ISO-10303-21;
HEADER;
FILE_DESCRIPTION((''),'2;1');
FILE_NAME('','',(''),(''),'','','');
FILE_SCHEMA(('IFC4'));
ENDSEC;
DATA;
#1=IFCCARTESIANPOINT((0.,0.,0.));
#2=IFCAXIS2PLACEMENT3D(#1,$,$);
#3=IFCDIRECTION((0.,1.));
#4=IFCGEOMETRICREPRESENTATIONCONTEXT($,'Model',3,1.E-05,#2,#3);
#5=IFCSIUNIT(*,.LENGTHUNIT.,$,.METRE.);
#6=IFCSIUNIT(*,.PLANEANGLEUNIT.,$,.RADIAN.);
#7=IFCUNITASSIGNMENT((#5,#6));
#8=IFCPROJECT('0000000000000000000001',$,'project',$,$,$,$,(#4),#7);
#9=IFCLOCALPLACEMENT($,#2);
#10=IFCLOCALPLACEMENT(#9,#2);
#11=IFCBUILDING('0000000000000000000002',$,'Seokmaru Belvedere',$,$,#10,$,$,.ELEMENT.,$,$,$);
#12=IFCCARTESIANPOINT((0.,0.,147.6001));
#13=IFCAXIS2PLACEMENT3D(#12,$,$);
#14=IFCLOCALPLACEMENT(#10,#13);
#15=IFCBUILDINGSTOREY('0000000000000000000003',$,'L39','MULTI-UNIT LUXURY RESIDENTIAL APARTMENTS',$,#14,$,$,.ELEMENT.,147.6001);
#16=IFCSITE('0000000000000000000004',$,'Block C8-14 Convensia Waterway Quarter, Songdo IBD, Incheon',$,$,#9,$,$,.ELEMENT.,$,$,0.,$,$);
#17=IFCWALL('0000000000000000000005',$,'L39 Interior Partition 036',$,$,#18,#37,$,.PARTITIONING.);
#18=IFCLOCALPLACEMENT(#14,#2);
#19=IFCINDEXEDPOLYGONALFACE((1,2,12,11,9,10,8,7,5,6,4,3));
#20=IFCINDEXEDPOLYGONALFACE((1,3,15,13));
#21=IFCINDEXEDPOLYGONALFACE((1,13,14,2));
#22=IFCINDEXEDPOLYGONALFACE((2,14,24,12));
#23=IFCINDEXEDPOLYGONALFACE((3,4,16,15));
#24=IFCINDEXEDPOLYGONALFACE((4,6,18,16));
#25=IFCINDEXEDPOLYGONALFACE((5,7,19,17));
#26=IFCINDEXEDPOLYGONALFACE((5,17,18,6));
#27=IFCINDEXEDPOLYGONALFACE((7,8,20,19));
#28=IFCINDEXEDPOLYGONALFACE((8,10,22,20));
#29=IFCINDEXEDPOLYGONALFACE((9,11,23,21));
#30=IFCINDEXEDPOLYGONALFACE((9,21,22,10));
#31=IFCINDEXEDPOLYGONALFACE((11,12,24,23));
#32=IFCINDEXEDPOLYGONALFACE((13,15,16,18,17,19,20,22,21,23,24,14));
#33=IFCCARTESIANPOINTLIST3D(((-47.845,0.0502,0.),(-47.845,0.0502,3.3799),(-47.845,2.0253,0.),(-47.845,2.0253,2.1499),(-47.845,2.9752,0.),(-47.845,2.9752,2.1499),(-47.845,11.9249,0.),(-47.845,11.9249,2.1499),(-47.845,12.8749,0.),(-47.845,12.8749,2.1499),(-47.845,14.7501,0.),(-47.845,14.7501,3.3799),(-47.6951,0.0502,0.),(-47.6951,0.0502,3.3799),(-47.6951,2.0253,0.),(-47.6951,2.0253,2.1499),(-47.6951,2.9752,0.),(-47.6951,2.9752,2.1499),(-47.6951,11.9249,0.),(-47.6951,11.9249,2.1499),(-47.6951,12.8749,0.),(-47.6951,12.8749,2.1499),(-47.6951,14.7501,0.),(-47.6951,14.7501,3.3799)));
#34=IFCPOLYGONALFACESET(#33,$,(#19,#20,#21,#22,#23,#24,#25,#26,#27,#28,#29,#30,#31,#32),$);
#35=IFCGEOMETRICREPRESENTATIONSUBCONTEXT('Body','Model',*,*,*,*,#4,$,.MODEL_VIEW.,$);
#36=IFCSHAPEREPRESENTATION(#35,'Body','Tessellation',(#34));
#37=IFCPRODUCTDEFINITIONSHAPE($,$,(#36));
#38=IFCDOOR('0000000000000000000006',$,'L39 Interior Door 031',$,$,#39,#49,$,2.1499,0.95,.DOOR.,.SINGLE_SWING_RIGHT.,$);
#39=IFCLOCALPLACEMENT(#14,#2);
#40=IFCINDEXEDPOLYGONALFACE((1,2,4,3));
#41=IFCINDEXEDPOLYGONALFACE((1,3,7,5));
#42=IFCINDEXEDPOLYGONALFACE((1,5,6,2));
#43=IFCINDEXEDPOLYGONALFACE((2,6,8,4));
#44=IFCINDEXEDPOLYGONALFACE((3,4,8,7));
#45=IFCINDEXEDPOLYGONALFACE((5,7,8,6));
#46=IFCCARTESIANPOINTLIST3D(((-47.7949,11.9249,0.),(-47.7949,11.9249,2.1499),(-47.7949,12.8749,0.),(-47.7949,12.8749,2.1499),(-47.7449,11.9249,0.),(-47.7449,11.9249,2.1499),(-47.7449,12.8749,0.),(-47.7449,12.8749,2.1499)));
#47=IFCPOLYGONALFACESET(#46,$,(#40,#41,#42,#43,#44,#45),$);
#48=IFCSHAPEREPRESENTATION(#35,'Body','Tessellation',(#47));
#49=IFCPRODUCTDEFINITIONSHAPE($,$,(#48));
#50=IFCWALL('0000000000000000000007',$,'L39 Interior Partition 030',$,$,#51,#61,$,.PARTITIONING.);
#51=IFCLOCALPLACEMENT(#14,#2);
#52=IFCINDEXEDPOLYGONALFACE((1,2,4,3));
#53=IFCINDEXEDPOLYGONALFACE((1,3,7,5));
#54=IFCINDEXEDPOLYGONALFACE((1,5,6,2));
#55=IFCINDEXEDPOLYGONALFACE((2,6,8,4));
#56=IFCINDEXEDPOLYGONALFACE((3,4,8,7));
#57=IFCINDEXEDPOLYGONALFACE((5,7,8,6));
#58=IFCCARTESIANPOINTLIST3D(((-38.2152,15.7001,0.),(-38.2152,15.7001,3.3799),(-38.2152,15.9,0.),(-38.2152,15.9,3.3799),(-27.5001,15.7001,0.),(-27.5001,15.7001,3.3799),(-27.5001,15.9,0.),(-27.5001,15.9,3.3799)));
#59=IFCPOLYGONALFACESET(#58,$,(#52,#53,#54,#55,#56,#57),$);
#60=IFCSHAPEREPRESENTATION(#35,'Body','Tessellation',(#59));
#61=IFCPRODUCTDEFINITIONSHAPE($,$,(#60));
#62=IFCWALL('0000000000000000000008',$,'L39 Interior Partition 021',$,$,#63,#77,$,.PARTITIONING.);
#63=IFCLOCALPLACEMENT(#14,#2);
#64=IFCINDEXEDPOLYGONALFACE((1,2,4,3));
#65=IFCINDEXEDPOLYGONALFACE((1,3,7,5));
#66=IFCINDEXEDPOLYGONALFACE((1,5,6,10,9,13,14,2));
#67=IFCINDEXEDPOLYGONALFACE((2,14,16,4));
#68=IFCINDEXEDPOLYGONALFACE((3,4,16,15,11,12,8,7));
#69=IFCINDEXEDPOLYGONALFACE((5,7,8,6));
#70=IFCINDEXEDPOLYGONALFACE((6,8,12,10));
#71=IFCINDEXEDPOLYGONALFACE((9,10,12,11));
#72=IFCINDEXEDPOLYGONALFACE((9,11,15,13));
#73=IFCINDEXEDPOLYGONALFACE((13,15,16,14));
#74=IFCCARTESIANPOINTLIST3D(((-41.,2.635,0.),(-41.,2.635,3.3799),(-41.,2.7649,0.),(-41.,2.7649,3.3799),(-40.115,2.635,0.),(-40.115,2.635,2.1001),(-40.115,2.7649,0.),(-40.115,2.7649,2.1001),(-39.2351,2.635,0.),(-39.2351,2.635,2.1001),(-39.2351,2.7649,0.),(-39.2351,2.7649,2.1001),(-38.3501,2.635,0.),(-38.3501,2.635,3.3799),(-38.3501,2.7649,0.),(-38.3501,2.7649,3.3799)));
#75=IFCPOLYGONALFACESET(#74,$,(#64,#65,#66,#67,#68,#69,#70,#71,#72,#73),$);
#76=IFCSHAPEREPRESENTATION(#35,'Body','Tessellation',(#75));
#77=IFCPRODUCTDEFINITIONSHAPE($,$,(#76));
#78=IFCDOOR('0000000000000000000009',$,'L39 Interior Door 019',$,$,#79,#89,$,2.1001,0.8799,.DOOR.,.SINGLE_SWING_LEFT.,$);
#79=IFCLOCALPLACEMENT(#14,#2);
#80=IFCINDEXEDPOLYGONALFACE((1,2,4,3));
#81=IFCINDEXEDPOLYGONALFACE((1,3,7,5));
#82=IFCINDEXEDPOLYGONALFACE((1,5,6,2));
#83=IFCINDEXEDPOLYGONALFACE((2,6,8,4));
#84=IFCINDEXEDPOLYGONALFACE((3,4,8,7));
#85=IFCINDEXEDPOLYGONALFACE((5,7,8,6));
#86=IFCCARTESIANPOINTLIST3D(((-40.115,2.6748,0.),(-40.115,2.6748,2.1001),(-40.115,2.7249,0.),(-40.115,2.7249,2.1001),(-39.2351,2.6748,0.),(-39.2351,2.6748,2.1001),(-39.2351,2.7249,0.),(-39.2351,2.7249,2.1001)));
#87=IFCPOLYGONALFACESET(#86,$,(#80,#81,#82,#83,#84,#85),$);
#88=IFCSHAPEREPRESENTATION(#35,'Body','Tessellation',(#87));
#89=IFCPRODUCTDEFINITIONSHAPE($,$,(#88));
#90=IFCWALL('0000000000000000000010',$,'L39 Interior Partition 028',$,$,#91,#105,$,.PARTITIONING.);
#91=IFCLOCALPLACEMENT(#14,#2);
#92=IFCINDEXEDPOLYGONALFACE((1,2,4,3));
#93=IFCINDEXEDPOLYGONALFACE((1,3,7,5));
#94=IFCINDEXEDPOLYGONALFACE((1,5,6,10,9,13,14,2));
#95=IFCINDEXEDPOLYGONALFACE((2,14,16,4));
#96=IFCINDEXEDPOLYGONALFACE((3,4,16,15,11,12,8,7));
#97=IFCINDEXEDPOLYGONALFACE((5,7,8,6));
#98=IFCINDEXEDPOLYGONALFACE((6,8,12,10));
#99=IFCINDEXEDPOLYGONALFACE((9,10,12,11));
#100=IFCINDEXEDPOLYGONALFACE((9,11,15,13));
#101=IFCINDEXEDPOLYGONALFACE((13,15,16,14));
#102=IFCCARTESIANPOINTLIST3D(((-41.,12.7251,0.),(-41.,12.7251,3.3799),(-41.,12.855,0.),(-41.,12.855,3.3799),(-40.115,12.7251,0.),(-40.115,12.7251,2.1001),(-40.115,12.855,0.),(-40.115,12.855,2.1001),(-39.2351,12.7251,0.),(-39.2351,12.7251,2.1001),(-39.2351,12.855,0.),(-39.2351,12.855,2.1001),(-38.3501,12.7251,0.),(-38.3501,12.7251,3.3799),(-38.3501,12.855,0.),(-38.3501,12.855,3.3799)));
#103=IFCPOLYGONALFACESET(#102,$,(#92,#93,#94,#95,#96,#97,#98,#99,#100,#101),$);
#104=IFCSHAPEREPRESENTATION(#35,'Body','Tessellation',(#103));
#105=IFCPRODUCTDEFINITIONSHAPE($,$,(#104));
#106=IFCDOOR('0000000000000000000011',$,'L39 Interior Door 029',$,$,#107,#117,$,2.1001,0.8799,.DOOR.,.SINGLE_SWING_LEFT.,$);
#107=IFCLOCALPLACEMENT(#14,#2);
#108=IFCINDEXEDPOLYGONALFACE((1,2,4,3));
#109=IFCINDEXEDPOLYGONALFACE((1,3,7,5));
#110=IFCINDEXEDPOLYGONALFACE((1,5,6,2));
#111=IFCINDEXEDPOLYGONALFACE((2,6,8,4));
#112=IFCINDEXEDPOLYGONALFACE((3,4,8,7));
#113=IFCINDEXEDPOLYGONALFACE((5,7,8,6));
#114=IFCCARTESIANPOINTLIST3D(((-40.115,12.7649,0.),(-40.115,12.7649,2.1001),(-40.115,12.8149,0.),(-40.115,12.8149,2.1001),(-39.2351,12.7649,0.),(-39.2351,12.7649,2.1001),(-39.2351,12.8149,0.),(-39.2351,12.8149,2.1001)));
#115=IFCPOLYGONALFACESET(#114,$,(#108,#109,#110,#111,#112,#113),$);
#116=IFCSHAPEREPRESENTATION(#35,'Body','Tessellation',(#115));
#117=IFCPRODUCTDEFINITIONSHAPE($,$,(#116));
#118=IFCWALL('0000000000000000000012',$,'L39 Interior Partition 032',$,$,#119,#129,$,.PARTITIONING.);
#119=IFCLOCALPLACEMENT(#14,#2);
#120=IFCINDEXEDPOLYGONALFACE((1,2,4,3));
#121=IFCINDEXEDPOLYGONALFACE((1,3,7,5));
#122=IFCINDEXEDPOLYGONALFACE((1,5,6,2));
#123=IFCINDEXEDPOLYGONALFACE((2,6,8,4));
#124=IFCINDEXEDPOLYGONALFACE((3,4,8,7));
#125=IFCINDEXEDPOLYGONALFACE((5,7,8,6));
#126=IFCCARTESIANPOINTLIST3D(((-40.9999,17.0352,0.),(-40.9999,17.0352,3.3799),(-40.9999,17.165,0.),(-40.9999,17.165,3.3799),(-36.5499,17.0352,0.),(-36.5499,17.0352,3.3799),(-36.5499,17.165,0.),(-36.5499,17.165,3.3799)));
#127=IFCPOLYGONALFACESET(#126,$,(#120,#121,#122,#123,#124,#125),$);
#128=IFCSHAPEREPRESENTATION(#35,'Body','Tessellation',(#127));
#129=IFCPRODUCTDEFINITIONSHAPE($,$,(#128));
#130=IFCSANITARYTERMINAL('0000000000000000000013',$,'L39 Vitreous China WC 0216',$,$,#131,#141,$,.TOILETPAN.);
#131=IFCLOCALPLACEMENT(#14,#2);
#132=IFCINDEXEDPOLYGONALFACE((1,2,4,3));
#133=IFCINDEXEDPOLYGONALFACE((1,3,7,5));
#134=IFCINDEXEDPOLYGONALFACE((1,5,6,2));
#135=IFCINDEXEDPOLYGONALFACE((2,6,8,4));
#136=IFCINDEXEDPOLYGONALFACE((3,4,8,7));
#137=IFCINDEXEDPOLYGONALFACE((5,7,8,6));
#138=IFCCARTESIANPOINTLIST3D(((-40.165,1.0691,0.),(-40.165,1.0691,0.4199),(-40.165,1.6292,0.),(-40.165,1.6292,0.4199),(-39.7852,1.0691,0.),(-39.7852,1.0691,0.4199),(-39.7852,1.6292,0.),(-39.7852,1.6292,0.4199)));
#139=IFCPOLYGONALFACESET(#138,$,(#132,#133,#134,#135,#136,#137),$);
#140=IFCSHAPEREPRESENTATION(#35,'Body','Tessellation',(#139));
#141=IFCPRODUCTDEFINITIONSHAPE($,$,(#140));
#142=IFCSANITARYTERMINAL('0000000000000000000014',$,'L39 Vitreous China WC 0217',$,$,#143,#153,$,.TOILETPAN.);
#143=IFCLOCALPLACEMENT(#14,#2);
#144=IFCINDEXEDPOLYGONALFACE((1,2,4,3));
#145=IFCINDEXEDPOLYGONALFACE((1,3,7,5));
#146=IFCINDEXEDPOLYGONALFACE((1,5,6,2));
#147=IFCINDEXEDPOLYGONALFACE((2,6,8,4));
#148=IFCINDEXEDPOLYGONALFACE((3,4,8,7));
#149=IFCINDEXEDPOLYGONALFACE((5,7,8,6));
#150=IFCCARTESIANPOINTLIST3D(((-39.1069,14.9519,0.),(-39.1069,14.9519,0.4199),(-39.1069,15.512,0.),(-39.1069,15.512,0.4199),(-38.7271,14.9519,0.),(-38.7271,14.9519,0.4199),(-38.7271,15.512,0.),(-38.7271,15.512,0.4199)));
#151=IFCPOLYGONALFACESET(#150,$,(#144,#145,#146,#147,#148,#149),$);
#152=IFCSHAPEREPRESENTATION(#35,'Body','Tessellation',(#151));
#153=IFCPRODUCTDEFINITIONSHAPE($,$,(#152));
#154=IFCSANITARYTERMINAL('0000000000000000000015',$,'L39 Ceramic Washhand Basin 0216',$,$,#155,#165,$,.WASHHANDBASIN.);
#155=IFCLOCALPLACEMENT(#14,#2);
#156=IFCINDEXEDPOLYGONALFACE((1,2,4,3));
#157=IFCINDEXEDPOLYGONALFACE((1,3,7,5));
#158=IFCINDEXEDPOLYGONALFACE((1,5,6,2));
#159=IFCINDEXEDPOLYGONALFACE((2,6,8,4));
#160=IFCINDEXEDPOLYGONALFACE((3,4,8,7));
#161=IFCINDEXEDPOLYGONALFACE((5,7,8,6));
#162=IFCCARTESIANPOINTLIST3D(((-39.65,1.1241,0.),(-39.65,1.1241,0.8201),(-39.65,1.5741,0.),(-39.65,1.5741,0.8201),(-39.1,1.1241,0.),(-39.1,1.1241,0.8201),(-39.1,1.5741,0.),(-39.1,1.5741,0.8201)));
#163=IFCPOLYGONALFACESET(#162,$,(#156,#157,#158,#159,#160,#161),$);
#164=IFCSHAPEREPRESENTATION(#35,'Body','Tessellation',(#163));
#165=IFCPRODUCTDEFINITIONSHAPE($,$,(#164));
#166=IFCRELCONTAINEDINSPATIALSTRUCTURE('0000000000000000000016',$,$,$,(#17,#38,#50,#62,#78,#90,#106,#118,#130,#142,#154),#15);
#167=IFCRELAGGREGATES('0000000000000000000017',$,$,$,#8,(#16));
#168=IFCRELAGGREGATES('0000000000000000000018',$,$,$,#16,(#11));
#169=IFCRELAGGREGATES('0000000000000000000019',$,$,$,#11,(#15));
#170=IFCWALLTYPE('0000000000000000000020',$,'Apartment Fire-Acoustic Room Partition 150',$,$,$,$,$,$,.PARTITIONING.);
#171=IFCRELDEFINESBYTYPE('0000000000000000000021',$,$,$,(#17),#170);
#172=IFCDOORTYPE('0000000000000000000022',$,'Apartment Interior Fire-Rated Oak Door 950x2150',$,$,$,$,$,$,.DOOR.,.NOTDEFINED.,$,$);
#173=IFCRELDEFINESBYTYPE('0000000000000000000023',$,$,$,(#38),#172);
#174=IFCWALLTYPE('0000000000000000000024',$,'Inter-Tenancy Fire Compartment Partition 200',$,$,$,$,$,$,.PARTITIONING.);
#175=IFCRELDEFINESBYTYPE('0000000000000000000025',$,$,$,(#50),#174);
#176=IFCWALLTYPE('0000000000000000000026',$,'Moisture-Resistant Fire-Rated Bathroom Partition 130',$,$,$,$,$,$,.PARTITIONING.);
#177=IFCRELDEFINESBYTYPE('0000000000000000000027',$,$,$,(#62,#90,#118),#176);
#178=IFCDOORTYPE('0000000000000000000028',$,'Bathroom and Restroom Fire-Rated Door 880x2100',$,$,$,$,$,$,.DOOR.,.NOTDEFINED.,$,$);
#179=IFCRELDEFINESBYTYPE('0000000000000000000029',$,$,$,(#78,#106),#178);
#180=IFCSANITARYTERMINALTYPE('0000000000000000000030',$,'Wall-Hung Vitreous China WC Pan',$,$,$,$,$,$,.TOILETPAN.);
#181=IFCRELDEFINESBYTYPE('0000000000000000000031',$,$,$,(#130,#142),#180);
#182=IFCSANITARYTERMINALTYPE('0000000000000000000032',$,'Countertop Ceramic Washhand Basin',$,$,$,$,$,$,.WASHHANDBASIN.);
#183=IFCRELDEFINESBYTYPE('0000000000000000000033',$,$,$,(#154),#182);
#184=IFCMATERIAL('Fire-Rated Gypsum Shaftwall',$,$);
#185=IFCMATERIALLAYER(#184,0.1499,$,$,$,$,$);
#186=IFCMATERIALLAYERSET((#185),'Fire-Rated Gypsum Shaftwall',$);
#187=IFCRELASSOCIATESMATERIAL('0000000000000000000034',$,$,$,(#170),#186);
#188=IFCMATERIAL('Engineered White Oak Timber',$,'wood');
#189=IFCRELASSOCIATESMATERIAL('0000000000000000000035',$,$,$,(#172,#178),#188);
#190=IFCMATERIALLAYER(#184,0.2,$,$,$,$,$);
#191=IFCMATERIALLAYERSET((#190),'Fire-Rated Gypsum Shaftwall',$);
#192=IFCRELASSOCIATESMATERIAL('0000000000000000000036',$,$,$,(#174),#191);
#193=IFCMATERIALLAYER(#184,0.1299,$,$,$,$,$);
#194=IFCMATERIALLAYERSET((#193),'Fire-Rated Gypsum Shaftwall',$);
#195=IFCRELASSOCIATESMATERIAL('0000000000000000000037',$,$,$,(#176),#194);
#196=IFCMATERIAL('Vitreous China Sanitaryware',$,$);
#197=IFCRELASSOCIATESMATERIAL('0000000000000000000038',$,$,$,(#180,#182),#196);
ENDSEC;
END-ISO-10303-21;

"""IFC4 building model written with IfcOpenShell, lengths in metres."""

from ifc_helpers import new_model, si_unit, direction, frame, frame_2d, origin, origin_2d, place, context, subcontext, project, spatial, rectangle, extrude, source, transform, mapped, material, layer, layer_set, type_object, type_shapes, element, fill, save


model = new_model("IFC4")

# Units and contexts
model_context = context("Model", 3, precision=1e-05, world=origin(), true_north=direction((0.0, 1.0)))
body_context = subcontext(model_context, "Body", "Model", "MODEL_VIEW")
ifc_project = project(units=[si_unit("LENGTHUNIT", "METRE"), si_unit("PLANEANGLEUNIT", "RADIAN")], contexts=[model_context])

# Site, building, storey
site_placement = place(None, origin())
site = spatial("IfcSite", under=ifc_project, at=site_placement, Name="Block C8-14 Convensia Waterway Quarter, Songdo IBD, Incheon", CompositionType="ELEMENT", RefElevation=0.0)
building_placement = place(site_placement, origin())
building = spatial("IfcBuilding", under=site, at=building_placement, Name="Seokmaru Belvedere", CompositionType="ELEMENT")
storey_placement = place(building_placement, frame((0.0, 0.0, 147.6001)))
storey = spatial("IfcBuildingStorey", under=building, at=storey_placement, Name="L39", Description="MULTI-UNIT LUXURY RESIDENTIAL APARTMENTS", CompositionType="ELEMENT", Elevation=147.6001)

# Shared definitions
ifc_material_1 = material(Name="Fire-Rated Gypsum Shaftwall")
ifc_layer_1 = layer(ifc_material_1, 0.1499)
ifc_layer_set_1 = layer_set([ifc_layer_1], Name="Fire-Rated Gypsum Shaftwall")
wall_type_1 = type_object("IfcWallType", Name="Apartment Fire-Acoustic Room Partition 150", PredefinedType="PARTITIONING", material=ifc_layer_set_1)

# Wall, openings, door
wall_1_placement = place(storey_placement, frame((-47.77, 0.05, 0.0), z_axis=(0.0, 0.0, 1.0), x_axis=(0.0, 1.0, 0.0)))
wall_1 = element("IfcWall", 1, at=wall_1_placement, inside=storey, type_object=wall_type_1, Name="L39 Interior Partition 036", PredefinedType="PARTITIONING", context=body_context, shape_type="SweptSolid", body=[
    extrude(rectangle(XDim=14.7, YDim=0.1499, at=frame_2d((7.3501, 0.0))), origin(), (0.0, 0.0, 1.0), 3.3799),
])
opening_1_placement = place(wall_1_placement, frame((1.9751, 0.0, 0.0)))
element("IfcOpeningElement", 2, at=opening_1_placement, cuts=wall_1, PredefinedType="OPENING", context=body_context, shape_type="SweptSolid", body=[
    extrude(rectangle(XDim=0.95, YDim=2.1499, at=frame_2d((0.4751, 1.075))), frame((0.0, 0.085, 0.0), z_axis=(0.0, -1.0, 0.0), x_axis=(1.0, 0.0, 0.0)), (0.0, 0.0, 1.0), 0.1699),
])
opening_2_placement = place(wall_1_placement, frame((11.8748, 0.0, 0.0)))
opening_2 = element("IfcOpeningElement", 3, at=opening_2_placement, cuts=wall_1, PredefinedType="OPENING", context=body_context, shape_type="SweptSolid", body=[
    extrude(rectangle(XDim=0.95, YDim=2.1499, at=frame_2d((0.4751, 1.075))), frame((0.0, 0.085, 0.0), z_axis=(0.0, -1.0, 0.0), x_axis=(1.0, 0.0, 0.0)), (0.0, 0.0, 1.0), 0.1699),
])
ifc_material_2 = material(Name="Engineered White Oak Timber", Category="wood")
door_type_1 = type_object("IfcDoorType", Name="Apartment Interior Fire-Rated Oak Door 950x2150", OperationType="NOTDEFINED", PredefinedType="DOOR", material=ifc_material_2)
shared_shape_1 = source(origin(), body_context, "Body", "SweptSolid", [
    extrude(rectangle(XDim=0.95, YDim=2.1499, at=frame_2d((0.4751, 1.075))), frame((0.0, 0.0249, 0.0), z_axis=(0.0, -1.0, 0.0), x_axis=(1.0, 0.0, 0.0)), (0.0, 0.0, 1.0), 0.05),
])
type_shapes(door_type_1, [shared_shape_1])
door_1_placement = place(opening_2_placement, origin())
door_1 = element("IfcDoor", 4, at=door_1_placement, inside=storey, type_object=door_type_1, Name="L39 Interior Door 031", OperationType="SINGLE_SWING_RIGHT", OverallHeight=2.1499, OverallWidth=0.95, PredefinedType="DOOR", context=body_context, shape_type="MappedRepresentation", body=[
    mapped(shared_shape_1, transform((0.0, 0.0, 0.0), scale=1.0)),
])
fill(opening_2, door_1)

# Wall
ifc_layer_2 = layer(ifc_material_1, 0.2)
ifc_layer_set_2 = layer_set([ifc_layer_2], Name="Fire-Rated Gypsum Shaftwall")
wall_type_2 = type_object("IfcWallType", Name="Inter-Tenancy Fire Compartment Partition 200", PredefinedType="PARTITIONING", material=ifc_layer_set_2)
wall_2_placement = place(storey_placement, frame((-38.2151, 15.8, 0.0), z_axis=(0.0, 0.0, 1.0), x_axis=(1.0, 0.0, 0.0)))
element("IfcWall", 5, at=wall_2_placement, inside=storey, type_object=wall_type_2, Name="L39 Interior Partition 030", PredefinedType="PARTITIONING", context=body_context, shape_type="SweptSolid", body=[
    extrude(rectangle(XDim=10.7151, YDim=0.2, at=frame_2d((5.3574, 0.0))), origin(), (0.0, 0.0, 1.0), 3.3799),
])

# Walls, openings, doors
ifc_layer_3 = layer(ifc_material_1, 0.1299)
ifc_layer_set_3 = layer_set([ifc_layer_3], Name="Fire-Rated Gypsum Shaftwall")
wall_type_3 = type_object("IfcWallType", Name="Moisture-Resistant Fire-Rated Bathroom Partition 130", PredefinedType="PARTITIONING", material=ifc_layer_set_3)
wall_3_placement = place(storey_placement, frame((-41.0, 2.7, 0.0), z_axis=(0.0, 0.0, 1.0), x_axis=(1.0, 0.0, 0.0)))
wall_3 = element("IfcWall", 6, at=wall_3_placement, inside=storey, type_object=wall_type_3, Name="L39 Interior Partition 021", PredefinedType="PARTITIONING", context=body_context, shape_type="SweptSolid", body=[
    extrude(rectangle(XDim=2.6499, YDim=0.1299, at=frame_2d((1.325, 0.0))), origin(), (0.0, 0.0, 1.0), 3.3799),
])
opening_3_placement = place(wall_3_placement, frame((0.885, 0.0, 0.0)))
opening_3 = element("IfcOpeningElement", 7, at=opening_3_placement, cuts=wall_3, PredefinedType="OPENING", context=body_context, shape_type="SweptSolid", body=[
    extrude(rectangle(XDim=0.8799, YDim=2.1001, at=frame_2d((0.4399, 1.05))), frame((0.0, 0.075, 0.0), z_axis=(0.0, -1.0, 0.0), x_axis=(1.0, 0.0, 0.0)), (0.0, 0.0, 1.0), 0.1499),
])
door_type_2 = type_object("IfcDoorType", Name="Bathroom and Restroom Fire-Rated Door 880x2100", OperationType="NOTDEFINED", PredefinedType="DOOR", material=ifc_material_2)
shared_shape_2 = source(origin(), body_context, "Body", "SweptSolid", [
    extrude(rectangle(XDim=0.8799, YDim=2.1001, at=frame_2d((0.4399, 1.05))), frame((0.0, 0.0249, 0.0), z_axis=(0.0, -1.0, 0.0), x_axis=(1.0, 0.0, 0.0)), (0.0, 0.0, 1.0), 0.05),
])
type_shapes(door_type_2, [shared_shape_2])
door_2_placement = place(opening_3_placement, origin())
door_2 = element("IfcDoor", 8, at=door_2_placement, inside=storey, type_object=door_type_2, Name="L39 Interior Door 019", OperationType="SINGLE_SWING_LEFT", OverallHeight=2.1001, OverallWidth=0.8799, PredefinedType="DOOR", context=body_context, shape_type="MappedRepresentation", body=[
    mapped(shared_shape_2, transform((0.0, 0.0, 0.0), scale=1.0)),
])
fill(opening_3, door_2)
wall_4_placement = place(storey_placement, frame((-41.0, 12.79, 0.0), z_axis=(0.0, 0.0, 1.0), x_axis=(1.0, 0.0, 0.0)))
wall_4 = element("IfcWall", 9, at=wall_4_placement, inside=storey, type_object=wall_type_3, Name="L39 Interior Partition 028", PredefinedType="PARTITIONING", context=body_context, shape_type="SweptSolid", body=[
    extrude(rectangle(XDim=2.6499, YDim=0.1299, at=frame_2d((1.325, 0.0))), origin(), (0.0, 0.0, 1.0), 3.3799),
])
opening_4_placement = place(wall_4_placement, frame((0.885, 0.0, 0.0)))
opening_4 = element("IfcOpeningElement", 10, at=opening_4_placement, cuts=wall_4, PredefinedType="OPENING", context=body_context, shape_type="SweptSolid", body=[
    extrude(rectangle(XDim=0.8799, YDim=2.1001, at=frame_2d((0.4399, 1.05))), frame((0.0, 0.075, 0.0), z_axis=(0.0, -1.0, 0.0), x_axis=(1.0, 0.0, 0.0)), (0.0, 0.0, 1.0), 0.1499),
])
door_3_placement = place(opening_4_placement, origin())
door_3 = element("IfcDoor", 11, at=door_3_placement, inside=storey, type_object=door_type_2, Name="L39 Interior Door 029", OperationType="SINGLE_SWING_LEFT", OverallHeight=2.1001, OverallWidth=0.8799, PredefinedType="DOOR", context=body_context, shape_type="MappedRepresentation", body=[
    mapped(shared_shape_2, transform((0.0, 0.0, 0.0), scale=1.0)),
])
fill(opening_4, door_3)

# Wall
wall_5_placement = place(storey_placement, frame((-41.0, 17.1001, 0.0), z_axis=(0.0, 0.0, 1.0), x_axis=(1.0, 0.0, 0.0)))
element("IfcWall", 12, at=wall_5_placement, inside=storey, type_object=wall_type_3, Name="L39 Interior Partition 032", PredefinedType="PARTITIONING", context=body_context, shape_type="SweptSolid", body=[
    extrude(rectangle(XDim=4.45, YDim=0.1299, at=frame_2d((2.2251, 0.0))), origin(), (0.0, 0.0, 1.0), 3.3799),
])

# Sanitary terminals
ifc_material_3 = material(Name="Vitreous China Sanitaryware")
sanitary_terminal_type_1 = type_object("IfcSanitaryTerminalType", Name="Wall-Hung Vitreous China WC Pan", PredefinedType="TOILETPAN", material=ifc_material_3)
shared_shape_3 = source(origin(), body_context, "Body", "SweptSolid", [
    extrude(rectangle(XDim=0.3799, YDim=0.5601, at=origin_2d()), origin(), (0.0, 0.0, 1.0), 0.4199),
])
type_shapes(sanitary_terminal_type_1, [shared_shape_3])
for number, where, z_axis, x_axis, name in (
    (13, (-39.9751, 1.3491, 0.0), (0.0, 0.0, 1.0), (1.0, 0.0, 0.0), "L39 Vitreous China WC 0216"),
    (14, (-38.917, 15.2319, 0.0), (0.0, 0.0, 1.0), (1.0, 0.0, 0.0), "L39 Vitreous China WC 0217"),
):
    element("IfcSanitaryTerminal", number, at=place(storey_placement, frame(where, z_axis=z_axis, x_axis=x_axis)), inside=storey, type_object=sanitary_terminal_type_1, Name=name, PredefinedType="TOILETPAN", context=body_context, shape_type="MappedRepresentation", body=[
        mapped(shared_shape_3, transform((0.0, 0.0, 0.0), scale=1.0)),
    ])
sanitary_terminal_type_2 = type_object("IfcSanitaryTerminalType", Name="Countertop Ceramic Washhand Basin", PredefinedType="WASHHANDBASIN", material=ifc_material_3)
shared_shape_4 = source(origin(), body_context, "Body", "SweptSolid", [
    extrude(rectangle(XDim=0.55, YDim=0.45, at=origin_2d()), origin(), (0.0, 0.0, 1.0), 0.8201),
])
type_shapes(sanitary_terminal_type_2, [shared_shape_4])
for number, where, z_axis, x_axis, name in (
    (15, (-39.375, 1.3491, 0.0), (0.0, 0.0, 1.0), (1.0, 0.0, 0.0), "L39 Ceramic Washhand Basin 0216"),
):
    element("IfcSanitaryTerminal", number, at=place(storey_placement, frame(where, z_axis=z_axis, x_axis=x_axis)), inside=storey, type_object=sanitary_terminal_type_2, Name=name, PredefinedType="WASHHANDBASIN", context=body_context, shape_type="MappedRepresentation", body=[
        mapped(shared_shape_4, transform((0.0, 0.0, 0.0), scale=1.0)),
    ])

save(model, "model.ifc")
